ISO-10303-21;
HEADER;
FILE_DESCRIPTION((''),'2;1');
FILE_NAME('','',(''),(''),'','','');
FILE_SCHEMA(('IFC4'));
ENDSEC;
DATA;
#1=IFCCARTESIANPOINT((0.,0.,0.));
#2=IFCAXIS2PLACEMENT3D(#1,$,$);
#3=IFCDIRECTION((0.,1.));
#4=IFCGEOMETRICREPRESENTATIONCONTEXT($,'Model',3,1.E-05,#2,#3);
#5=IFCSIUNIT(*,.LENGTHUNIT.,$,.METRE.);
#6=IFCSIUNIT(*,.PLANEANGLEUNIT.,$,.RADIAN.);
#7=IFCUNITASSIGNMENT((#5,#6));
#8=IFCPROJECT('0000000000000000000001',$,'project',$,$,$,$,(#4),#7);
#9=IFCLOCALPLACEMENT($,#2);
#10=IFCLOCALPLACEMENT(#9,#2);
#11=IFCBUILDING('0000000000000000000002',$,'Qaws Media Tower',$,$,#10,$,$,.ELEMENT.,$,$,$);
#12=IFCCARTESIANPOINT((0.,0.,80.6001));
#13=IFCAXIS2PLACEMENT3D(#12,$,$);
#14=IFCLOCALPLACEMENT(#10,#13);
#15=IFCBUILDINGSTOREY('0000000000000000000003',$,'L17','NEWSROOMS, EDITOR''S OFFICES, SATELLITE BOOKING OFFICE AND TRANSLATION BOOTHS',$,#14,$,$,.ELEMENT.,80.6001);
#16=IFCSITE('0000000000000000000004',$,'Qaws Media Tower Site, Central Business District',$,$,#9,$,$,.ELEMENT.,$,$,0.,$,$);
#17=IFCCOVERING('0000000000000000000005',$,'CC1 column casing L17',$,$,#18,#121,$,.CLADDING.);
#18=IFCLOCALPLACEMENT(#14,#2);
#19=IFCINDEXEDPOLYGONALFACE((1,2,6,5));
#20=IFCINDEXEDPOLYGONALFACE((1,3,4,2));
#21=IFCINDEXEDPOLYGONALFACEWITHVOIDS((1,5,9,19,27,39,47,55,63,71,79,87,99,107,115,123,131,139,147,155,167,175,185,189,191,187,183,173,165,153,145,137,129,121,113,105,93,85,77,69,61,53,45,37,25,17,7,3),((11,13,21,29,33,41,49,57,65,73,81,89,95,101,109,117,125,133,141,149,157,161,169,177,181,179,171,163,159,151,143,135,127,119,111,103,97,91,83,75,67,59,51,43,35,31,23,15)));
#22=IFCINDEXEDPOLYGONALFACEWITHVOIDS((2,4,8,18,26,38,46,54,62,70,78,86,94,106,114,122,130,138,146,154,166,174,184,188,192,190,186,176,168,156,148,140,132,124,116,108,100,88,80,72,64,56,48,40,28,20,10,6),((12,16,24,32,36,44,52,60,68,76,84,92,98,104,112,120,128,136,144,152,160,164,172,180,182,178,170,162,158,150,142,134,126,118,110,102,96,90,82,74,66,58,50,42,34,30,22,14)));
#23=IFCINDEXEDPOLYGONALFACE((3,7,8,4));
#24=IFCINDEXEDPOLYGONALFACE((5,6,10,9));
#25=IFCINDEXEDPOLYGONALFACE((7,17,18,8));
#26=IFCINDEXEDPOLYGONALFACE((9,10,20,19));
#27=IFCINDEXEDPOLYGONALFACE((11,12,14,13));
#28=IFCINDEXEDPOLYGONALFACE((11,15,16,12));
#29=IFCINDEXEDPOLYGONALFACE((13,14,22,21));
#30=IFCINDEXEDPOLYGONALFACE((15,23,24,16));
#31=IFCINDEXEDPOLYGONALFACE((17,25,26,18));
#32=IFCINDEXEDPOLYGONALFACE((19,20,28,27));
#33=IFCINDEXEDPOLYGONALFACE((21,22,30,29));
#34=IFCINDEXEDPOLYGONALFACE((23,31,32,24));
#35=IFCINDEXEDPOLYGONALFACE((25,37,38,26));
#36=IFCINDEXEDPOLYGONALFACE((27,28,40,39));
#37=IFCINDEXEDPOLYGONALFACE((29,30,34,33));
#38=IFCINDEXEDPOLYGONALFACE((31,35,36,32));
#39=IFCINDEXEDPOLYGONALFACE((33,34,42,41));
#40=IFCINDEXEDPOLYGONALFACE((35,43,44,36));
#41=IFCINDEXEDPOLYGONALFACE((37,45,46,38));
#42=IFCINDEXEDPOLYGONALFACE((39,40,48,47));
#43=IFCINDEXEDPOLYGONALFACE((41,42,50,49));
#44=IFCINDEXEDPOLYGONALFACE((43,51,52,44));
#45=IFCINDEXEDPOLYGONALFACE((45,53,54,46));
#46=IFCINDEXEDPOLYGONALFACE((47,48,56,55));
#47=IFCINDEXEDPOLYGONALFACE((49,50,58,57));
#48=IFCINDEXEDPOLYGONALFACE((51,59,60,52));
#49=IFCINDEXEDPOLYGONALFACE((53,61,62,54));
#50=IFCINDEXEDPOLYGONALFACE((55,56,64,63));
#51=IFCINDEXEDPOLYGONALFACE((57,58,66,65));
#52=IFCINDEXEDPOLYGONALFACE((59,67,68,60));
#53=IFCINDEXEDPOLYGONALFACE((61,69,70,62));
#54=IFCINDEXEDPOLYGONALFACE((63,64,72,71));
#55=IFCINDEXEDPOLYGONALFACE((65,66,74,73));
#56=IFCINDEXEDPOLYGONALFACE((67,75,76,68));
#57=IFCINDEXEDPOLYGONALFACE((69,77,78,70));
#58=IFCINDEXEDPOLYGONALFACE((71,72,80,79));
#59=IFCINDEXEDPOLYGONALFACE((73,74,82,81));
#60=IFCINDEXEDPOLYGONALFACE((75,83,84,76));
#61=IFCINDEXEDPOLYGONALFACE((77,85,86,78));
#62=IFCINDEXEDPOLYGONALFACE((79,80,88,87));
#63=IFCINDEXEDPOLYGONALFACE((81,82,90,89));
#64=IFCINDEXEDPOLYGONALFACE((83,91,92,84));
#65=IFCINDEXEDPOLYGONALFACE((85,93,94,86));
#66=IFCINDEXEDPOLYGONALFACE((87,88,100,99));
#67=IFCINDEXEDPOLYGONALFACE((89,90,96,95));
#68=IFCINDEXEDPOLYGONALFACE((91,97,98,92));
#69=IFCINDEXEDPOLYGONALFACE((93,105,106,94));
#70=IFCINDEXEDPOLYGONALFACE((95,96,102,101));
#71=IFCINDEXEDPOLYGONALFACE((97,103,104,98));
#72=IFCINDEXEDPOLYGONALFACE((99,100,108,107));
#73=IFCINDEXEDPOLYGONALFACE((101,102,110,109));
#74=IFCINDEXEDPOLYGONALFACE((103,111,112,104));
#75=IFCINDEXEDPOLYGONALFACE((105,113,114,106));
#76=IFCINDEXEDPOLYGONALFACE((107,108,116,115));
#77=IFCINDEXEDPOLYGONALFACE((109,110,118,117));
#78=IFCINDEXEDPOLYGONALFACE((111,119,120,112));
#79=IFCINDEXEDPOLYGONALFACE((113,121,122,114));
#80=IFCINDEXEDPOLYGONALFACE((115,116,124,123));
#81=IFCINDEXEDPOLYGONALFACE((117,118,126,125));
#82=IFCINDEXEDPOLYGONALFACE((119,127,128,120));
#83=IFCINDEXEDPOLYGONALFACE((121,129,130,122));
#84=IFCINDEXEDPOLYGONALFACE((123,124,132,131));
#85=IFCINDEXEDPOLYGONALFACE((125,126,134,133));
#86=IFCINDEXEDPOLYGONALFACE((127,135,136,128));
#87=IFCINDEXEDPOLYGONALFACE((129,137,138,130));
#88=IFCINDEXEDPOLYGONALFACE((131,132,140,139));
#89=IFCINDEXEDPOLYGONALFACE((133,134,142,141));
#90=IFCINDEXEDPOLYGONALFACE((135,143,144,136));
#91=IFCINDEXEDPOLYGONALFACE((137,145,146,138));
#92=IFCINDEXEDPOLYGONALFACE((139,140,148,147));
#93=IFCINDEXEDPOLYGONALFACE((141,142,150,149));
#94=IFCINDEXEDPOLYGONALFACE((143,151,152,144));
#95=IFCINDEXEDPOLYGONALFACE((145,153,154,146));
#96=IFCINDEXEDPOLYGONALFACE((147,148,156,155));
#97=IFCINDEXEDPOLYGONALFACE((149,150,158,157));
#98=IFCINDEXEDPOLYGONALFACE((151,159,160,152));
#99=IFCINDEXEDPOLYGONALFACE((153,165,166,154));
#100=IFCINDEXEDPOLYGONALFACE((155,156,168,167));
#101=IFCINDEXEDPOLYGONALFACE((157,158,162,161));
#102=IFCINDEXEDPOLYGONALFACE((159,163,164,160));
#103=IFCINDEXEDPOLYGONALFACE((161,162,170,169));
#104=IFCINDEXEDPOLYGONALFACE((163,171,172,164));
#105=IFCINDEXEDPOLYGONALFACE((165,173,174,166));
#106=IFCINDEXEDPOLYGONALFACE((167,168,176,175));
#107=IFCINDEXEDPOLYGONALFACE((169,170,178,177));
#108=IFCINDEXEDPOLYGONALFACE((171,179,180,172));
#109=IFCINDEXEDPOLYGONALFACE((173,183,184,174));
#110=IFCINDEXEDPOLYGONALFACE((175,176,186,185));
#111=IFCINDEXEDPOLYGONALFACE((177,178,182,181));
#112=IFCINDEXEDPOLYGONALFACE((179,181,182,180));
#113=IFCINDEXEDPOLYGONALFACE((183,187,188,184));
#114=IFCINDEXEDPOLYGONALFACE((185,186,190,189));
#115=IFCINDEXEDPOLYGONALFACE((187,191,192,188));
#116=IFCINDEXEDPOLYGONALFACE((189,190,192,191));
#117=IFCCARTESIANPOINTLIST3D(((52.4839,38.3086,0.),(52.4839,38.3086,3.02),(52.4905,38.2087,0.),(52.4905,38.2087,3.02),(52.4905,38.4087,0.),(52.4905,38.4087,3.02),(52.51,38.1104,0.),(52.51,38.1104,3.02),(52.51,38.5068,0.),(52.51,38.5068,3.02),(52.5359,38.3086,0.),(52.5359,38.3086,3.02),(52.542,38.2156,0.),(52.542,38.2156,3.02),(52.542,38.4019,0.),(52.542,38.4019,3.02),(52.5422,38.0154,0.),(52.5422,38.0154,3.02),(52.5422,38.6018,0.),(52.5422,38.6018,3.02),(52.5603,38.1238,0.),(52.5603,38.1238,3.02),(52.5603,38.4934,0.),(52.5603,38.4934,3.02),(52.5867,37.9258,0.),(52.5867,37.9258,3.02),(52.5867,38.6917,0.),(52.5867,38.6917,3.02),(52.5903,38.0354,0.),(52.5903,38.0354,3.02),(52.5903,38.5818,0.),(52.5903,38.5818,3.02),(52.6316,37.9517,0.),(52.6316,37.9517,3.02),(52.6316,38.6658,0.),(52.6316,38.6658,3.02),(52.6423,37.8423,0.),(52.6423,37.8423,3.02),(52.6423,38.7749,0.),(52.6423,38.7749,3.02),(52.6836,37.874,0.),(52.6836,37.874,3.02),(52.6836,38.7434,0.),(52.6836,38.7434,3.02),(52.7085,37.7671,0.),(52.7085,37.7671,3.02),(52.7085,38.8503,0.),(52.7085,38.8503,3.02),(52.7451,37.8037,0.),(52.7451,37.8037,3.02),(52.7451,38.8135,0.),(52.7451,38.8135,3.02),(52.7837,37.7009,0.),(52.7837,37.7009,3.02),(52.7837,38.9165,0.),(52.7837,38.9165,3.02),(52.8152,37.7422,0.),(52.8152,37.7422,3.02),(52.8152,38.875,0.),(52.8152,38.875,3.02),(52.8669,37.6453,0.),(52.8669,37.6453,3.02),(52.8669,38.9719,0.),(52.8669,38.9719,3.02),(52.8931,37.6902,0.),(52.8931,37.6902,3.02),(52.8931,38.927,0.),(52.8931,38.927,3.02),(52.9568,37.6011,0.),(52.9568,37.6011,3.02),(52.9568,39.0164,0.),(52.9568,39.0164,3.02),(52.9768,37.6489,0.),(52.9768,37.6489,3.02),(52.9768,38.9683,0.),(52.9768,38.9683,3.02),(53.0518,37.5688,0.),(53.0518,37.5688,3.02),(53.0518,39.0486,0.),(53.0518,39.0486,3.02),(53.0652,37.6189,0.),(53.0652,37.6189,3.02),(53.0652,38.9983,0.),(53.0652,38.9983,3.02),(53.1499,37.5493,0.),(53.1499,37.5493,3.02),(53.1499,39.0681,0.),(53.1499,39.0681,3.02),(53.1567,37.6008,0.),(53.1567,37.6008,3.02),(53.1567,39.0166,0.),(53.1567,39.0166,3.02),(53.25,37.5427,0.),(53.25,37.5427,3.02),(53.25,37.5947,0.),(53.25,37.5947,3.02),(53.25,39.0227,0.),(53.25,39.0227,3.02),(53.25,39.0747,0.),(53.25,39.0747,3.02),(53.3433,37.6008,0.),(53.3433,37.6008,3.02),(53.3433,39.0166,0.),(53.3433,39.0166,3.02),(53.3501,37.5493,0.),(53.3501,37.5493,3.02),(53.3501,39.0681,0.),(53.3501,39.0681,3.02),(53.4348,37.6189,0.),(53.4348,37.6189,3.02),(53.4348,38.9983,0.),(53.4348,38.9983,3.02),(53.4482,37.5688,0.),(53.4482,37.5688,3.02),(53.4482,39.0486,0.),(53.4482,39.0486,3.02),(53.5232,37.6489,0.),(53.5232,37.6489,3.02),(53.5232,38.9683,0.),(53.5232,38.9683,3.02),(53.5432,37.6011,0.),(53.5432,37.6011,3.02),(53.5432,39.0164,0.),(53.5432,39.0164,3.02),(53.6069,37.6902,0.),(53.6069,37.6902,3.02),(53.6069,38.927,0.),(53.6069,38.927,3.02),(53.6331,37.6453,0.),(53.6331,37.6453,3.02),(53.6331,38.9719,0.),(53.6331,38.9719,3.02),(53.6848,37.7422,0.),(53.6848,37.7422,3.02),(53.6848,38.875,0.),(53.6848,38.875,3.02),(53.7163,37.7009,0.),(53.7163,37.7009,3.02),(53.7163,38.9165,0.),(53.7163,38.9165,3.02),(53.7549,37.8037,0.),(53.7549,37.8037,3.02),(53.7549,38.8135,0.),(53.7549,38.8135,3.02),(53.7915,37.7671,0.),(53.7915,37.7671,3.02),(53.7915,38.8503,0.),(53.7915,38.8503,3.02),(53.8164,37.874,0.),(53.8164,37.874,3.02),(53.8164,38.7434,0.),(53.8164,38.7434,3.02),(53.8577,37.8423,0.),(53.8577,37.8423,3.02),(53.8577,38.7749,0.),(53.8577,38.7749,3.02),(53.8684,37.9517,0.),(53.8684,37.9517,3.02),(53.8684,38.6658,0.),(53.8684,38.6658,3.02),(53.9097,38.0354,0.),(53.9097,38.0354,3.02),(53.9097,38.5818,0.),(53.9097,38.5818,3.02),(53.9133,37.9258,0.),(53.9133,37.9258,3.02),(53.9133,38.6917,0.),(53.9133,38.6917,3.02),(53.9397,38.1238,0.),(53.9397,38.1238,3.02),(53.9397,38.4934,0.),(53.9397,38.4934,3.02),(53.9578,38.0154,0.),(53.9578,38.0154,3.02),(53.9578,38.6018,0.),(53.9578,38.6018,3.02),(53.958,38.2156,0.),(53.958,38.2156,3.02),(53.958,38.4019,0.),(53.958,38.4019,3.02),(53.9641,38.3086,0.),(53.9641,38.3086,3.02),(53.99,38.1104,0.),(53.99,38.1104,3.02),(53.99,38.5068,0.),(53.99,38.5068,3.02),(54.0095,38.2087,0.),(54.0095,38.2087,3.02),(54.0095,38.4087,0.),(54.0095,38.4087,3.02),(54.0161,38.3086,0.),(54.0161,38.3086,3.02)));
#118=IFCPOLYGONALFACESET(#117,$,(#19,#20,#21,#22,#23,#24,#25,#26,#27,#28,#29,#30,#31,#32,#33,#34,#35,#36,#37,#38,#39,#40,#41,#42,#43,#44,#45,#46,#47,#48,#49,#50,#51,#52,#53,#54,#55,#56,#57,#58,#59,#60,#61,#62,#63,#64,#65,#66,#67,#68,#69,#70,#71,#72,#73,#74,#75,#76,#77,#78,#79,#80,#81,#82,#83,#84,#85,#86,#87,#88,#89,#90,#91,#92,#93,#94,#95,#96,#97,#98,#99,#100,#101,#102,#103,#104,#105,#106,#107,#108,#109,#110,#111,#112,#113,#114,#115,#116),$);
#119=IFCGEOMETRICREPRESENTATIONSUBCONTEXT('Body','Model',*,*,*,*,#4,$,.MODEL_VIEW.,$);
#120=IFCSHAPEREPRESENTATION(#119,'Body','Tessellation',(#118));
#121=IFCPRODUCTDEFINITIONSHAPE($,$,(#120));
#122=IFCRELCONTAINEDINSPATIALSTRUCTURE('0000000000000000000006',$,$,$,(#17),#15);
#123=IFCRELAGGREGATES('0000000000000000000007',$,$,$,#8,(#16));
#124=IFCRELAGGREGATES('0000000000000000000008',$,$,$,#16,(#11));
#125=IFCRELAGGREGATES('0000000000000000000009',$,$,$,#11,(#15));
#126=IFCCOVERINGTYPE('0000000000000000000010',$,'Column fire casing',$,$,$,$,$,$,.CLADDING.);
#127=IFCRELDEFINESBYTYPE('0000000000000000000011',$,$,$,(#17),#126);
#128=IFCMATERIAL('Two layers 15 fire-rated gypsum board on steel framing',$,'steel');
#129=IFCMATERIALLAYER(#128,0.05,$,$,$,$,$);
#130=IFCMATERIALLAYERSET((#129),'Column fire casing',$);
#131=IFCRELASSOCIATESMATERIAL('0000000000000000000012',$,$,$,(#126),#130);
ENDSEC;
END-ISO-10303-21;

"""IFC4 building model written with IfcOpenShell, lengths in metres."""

from ifc_helpers import new_model, si_unit, direction, frame, origin, place, context, subcontext, project, spatial, polyline, outline, extrude, material, layer, layer_set, type_object, element, save


model = new_model("IFC4")

# Units and contexts
model_context = context("Model", 3, precision=1e-05, world=origin(), true_north=direction((0.0, 1.0)))
body_context = subcontext(model_context, "Body", "Model", "MODEL_VIEW")
ifc_project = project(units=[si_unit("LENGTHUNIT", "METRE"), si_unit("PLANEANGLEUNIT", "RADIAN")], contexts=[model_context])

# Site, building, storey
site_placement = place(None, origin())
site = spatial("IfcSite", under=ifc_project, at=site_placement, Name="Qaws Media Tower Site, Central Business District", CompositionType="ELEMENT", RefElevation=0.0)
building_placement = place(site_placement, origin())
building = spatial("IfcBuilding", under=site, at=building_placement, Name="Qaws Media Tower", CompositionType="ELEMENT")
storey_placement = place(building_placement, frame((0.0, 0.0, 80.6001)))
storey = spatial("IfcBuildingStorey", under=building, at=storey_placement, Name="L17", Description="NEWSROOMS, EDITOR'S OFFICES, SATELLITE BOOKING OFFICE AND TRANSLATION BOOTHS", CompositionType="ELEMENT", Elevation=80.6001)

# Covering
ifc_material_1 = material(Name="Two layers 15 fire-rated gypsum board on steel framing", Category="steel")
ifc_layer_1 = layer(ifc_material_1, 0.05)
ifc_layer_set_1 = layer_set([ifc_layer_1], Name="Column fire casing")
covering_type = type_object("IfcCoveringType", Name="Column fire casing", PredefinedType="CLADDING", material=ifc_layer_set_1)
covering_1_placement = place(storey_placement, origin())
element("IfcCovering", 1, at=covering_1_placement, inside=storey, type_object=covering_type, Name="CC1 column casing L17", PredefinedType="CLADDING", context=body_context, shape_type="SweptSolid", body=[
    extrude(outline(polyline([(54.0161, 38.3086), (54.0095, 38.2087), (53.99, 38.1104), (53.9578, 38.0154), (53.9133, 37.9258), (53.8577, 37.8423), (53.7915, 37.7671), (53.7163, 37.7009), (53.6331, 37.6453), (53.5432, 37.6011), (53.4482, 37.5688), (53.3501, 37.5493), (53.25, 37.5427), (53.1499, 37.5493), (53.0518, 37.5688), (52.9568, 37.6011), (52.8669, 37.6453), (52.7837, 37.7009), (52.7085, 37.7671), (52.6423, 37.8423), (52.5867, 37.9258), (52.5422, 38.0154), (52.51, 38.1104), (52.4905, 38.2087), (52.4839, 38.3086), (52.4905, 38.4087), (52.51, 38.5068), (52.5422, 38.6018), (52.5867, 38.6917), (52.6423, 38.7749), (52.7085, 38.8503), (52.7837, 38.9165), (52.8669, 38.9719), (52.9568, 39.0164), (53.0518, 39.0486), (53.1499, 39.0681), (53.25, 39.0747), (53.3501, 39.0681), (53.4482, 39.0486), (53.5432, 39.0164), (53.6331, 38.9719), (53.7163, 38.9165), (53.7915, 38.8503), (53.8577, 38.7749), (53.9133, 38.6917), (53.9578, 38.6018), (53.99, 38.5068), (54.0095, 38.4087), (54.0161, 38.3086)]), holes=[polyline([(53.9641, 38.3086), (53.958, 38.2156), (53.9397, 38.1238), (53.9097, 38.0354), (53.8684, 37.9517), (53.8164, 37.874), (53.7549, 37.8037), (53.6848, 37.7422), (53.6069, 37.6902), (53.5232, 37.6489), (53.4348, 37.6189), (53.3433, 37.6008), (53.25, 37.5947), (53.1567, 37.6008), (53.0652, 37.6189), (52.9768, 37.6489), (52.8931, 37.6902), (52.8152, 37.7422), (52.7451, 37.8037), (52.6836, 37.874), (52.6316, 37.9517), (52.5903, 38.0354), (52.5603, 38.1238), (52.542, 38.2156), (52.5359, 38.3086), (52.542, 38.4019), (52.5603, 38.4934), (52.5903, 38.5818), (52.6316, 38.6658), (52.6836, 38.7434), (52.7451, 38.8135), (52.8152, 38.875), (52.8931, 38.927), (52.9768, 38.9683), (53.0652, 38.9983), (53.1567, 39.0166), (53.25, 39.0227), (53.3433, 39.0166), (53.4348, 38.9983), (53.5232, 38.9683), (53.6069, 38.927), (53.6848, 38.875), (53.7549, 38.8135), (53.8164, 38.7434), (53.8684, 38.6658), (53.9097, 38.5818), (53.9397, 38.4934), (53.958, 38.4019), (53.9641, 38.3086)])]), origin(), (0.0, 0.0, 1.0), 3.02),
])

save(model, "model.ifc")
